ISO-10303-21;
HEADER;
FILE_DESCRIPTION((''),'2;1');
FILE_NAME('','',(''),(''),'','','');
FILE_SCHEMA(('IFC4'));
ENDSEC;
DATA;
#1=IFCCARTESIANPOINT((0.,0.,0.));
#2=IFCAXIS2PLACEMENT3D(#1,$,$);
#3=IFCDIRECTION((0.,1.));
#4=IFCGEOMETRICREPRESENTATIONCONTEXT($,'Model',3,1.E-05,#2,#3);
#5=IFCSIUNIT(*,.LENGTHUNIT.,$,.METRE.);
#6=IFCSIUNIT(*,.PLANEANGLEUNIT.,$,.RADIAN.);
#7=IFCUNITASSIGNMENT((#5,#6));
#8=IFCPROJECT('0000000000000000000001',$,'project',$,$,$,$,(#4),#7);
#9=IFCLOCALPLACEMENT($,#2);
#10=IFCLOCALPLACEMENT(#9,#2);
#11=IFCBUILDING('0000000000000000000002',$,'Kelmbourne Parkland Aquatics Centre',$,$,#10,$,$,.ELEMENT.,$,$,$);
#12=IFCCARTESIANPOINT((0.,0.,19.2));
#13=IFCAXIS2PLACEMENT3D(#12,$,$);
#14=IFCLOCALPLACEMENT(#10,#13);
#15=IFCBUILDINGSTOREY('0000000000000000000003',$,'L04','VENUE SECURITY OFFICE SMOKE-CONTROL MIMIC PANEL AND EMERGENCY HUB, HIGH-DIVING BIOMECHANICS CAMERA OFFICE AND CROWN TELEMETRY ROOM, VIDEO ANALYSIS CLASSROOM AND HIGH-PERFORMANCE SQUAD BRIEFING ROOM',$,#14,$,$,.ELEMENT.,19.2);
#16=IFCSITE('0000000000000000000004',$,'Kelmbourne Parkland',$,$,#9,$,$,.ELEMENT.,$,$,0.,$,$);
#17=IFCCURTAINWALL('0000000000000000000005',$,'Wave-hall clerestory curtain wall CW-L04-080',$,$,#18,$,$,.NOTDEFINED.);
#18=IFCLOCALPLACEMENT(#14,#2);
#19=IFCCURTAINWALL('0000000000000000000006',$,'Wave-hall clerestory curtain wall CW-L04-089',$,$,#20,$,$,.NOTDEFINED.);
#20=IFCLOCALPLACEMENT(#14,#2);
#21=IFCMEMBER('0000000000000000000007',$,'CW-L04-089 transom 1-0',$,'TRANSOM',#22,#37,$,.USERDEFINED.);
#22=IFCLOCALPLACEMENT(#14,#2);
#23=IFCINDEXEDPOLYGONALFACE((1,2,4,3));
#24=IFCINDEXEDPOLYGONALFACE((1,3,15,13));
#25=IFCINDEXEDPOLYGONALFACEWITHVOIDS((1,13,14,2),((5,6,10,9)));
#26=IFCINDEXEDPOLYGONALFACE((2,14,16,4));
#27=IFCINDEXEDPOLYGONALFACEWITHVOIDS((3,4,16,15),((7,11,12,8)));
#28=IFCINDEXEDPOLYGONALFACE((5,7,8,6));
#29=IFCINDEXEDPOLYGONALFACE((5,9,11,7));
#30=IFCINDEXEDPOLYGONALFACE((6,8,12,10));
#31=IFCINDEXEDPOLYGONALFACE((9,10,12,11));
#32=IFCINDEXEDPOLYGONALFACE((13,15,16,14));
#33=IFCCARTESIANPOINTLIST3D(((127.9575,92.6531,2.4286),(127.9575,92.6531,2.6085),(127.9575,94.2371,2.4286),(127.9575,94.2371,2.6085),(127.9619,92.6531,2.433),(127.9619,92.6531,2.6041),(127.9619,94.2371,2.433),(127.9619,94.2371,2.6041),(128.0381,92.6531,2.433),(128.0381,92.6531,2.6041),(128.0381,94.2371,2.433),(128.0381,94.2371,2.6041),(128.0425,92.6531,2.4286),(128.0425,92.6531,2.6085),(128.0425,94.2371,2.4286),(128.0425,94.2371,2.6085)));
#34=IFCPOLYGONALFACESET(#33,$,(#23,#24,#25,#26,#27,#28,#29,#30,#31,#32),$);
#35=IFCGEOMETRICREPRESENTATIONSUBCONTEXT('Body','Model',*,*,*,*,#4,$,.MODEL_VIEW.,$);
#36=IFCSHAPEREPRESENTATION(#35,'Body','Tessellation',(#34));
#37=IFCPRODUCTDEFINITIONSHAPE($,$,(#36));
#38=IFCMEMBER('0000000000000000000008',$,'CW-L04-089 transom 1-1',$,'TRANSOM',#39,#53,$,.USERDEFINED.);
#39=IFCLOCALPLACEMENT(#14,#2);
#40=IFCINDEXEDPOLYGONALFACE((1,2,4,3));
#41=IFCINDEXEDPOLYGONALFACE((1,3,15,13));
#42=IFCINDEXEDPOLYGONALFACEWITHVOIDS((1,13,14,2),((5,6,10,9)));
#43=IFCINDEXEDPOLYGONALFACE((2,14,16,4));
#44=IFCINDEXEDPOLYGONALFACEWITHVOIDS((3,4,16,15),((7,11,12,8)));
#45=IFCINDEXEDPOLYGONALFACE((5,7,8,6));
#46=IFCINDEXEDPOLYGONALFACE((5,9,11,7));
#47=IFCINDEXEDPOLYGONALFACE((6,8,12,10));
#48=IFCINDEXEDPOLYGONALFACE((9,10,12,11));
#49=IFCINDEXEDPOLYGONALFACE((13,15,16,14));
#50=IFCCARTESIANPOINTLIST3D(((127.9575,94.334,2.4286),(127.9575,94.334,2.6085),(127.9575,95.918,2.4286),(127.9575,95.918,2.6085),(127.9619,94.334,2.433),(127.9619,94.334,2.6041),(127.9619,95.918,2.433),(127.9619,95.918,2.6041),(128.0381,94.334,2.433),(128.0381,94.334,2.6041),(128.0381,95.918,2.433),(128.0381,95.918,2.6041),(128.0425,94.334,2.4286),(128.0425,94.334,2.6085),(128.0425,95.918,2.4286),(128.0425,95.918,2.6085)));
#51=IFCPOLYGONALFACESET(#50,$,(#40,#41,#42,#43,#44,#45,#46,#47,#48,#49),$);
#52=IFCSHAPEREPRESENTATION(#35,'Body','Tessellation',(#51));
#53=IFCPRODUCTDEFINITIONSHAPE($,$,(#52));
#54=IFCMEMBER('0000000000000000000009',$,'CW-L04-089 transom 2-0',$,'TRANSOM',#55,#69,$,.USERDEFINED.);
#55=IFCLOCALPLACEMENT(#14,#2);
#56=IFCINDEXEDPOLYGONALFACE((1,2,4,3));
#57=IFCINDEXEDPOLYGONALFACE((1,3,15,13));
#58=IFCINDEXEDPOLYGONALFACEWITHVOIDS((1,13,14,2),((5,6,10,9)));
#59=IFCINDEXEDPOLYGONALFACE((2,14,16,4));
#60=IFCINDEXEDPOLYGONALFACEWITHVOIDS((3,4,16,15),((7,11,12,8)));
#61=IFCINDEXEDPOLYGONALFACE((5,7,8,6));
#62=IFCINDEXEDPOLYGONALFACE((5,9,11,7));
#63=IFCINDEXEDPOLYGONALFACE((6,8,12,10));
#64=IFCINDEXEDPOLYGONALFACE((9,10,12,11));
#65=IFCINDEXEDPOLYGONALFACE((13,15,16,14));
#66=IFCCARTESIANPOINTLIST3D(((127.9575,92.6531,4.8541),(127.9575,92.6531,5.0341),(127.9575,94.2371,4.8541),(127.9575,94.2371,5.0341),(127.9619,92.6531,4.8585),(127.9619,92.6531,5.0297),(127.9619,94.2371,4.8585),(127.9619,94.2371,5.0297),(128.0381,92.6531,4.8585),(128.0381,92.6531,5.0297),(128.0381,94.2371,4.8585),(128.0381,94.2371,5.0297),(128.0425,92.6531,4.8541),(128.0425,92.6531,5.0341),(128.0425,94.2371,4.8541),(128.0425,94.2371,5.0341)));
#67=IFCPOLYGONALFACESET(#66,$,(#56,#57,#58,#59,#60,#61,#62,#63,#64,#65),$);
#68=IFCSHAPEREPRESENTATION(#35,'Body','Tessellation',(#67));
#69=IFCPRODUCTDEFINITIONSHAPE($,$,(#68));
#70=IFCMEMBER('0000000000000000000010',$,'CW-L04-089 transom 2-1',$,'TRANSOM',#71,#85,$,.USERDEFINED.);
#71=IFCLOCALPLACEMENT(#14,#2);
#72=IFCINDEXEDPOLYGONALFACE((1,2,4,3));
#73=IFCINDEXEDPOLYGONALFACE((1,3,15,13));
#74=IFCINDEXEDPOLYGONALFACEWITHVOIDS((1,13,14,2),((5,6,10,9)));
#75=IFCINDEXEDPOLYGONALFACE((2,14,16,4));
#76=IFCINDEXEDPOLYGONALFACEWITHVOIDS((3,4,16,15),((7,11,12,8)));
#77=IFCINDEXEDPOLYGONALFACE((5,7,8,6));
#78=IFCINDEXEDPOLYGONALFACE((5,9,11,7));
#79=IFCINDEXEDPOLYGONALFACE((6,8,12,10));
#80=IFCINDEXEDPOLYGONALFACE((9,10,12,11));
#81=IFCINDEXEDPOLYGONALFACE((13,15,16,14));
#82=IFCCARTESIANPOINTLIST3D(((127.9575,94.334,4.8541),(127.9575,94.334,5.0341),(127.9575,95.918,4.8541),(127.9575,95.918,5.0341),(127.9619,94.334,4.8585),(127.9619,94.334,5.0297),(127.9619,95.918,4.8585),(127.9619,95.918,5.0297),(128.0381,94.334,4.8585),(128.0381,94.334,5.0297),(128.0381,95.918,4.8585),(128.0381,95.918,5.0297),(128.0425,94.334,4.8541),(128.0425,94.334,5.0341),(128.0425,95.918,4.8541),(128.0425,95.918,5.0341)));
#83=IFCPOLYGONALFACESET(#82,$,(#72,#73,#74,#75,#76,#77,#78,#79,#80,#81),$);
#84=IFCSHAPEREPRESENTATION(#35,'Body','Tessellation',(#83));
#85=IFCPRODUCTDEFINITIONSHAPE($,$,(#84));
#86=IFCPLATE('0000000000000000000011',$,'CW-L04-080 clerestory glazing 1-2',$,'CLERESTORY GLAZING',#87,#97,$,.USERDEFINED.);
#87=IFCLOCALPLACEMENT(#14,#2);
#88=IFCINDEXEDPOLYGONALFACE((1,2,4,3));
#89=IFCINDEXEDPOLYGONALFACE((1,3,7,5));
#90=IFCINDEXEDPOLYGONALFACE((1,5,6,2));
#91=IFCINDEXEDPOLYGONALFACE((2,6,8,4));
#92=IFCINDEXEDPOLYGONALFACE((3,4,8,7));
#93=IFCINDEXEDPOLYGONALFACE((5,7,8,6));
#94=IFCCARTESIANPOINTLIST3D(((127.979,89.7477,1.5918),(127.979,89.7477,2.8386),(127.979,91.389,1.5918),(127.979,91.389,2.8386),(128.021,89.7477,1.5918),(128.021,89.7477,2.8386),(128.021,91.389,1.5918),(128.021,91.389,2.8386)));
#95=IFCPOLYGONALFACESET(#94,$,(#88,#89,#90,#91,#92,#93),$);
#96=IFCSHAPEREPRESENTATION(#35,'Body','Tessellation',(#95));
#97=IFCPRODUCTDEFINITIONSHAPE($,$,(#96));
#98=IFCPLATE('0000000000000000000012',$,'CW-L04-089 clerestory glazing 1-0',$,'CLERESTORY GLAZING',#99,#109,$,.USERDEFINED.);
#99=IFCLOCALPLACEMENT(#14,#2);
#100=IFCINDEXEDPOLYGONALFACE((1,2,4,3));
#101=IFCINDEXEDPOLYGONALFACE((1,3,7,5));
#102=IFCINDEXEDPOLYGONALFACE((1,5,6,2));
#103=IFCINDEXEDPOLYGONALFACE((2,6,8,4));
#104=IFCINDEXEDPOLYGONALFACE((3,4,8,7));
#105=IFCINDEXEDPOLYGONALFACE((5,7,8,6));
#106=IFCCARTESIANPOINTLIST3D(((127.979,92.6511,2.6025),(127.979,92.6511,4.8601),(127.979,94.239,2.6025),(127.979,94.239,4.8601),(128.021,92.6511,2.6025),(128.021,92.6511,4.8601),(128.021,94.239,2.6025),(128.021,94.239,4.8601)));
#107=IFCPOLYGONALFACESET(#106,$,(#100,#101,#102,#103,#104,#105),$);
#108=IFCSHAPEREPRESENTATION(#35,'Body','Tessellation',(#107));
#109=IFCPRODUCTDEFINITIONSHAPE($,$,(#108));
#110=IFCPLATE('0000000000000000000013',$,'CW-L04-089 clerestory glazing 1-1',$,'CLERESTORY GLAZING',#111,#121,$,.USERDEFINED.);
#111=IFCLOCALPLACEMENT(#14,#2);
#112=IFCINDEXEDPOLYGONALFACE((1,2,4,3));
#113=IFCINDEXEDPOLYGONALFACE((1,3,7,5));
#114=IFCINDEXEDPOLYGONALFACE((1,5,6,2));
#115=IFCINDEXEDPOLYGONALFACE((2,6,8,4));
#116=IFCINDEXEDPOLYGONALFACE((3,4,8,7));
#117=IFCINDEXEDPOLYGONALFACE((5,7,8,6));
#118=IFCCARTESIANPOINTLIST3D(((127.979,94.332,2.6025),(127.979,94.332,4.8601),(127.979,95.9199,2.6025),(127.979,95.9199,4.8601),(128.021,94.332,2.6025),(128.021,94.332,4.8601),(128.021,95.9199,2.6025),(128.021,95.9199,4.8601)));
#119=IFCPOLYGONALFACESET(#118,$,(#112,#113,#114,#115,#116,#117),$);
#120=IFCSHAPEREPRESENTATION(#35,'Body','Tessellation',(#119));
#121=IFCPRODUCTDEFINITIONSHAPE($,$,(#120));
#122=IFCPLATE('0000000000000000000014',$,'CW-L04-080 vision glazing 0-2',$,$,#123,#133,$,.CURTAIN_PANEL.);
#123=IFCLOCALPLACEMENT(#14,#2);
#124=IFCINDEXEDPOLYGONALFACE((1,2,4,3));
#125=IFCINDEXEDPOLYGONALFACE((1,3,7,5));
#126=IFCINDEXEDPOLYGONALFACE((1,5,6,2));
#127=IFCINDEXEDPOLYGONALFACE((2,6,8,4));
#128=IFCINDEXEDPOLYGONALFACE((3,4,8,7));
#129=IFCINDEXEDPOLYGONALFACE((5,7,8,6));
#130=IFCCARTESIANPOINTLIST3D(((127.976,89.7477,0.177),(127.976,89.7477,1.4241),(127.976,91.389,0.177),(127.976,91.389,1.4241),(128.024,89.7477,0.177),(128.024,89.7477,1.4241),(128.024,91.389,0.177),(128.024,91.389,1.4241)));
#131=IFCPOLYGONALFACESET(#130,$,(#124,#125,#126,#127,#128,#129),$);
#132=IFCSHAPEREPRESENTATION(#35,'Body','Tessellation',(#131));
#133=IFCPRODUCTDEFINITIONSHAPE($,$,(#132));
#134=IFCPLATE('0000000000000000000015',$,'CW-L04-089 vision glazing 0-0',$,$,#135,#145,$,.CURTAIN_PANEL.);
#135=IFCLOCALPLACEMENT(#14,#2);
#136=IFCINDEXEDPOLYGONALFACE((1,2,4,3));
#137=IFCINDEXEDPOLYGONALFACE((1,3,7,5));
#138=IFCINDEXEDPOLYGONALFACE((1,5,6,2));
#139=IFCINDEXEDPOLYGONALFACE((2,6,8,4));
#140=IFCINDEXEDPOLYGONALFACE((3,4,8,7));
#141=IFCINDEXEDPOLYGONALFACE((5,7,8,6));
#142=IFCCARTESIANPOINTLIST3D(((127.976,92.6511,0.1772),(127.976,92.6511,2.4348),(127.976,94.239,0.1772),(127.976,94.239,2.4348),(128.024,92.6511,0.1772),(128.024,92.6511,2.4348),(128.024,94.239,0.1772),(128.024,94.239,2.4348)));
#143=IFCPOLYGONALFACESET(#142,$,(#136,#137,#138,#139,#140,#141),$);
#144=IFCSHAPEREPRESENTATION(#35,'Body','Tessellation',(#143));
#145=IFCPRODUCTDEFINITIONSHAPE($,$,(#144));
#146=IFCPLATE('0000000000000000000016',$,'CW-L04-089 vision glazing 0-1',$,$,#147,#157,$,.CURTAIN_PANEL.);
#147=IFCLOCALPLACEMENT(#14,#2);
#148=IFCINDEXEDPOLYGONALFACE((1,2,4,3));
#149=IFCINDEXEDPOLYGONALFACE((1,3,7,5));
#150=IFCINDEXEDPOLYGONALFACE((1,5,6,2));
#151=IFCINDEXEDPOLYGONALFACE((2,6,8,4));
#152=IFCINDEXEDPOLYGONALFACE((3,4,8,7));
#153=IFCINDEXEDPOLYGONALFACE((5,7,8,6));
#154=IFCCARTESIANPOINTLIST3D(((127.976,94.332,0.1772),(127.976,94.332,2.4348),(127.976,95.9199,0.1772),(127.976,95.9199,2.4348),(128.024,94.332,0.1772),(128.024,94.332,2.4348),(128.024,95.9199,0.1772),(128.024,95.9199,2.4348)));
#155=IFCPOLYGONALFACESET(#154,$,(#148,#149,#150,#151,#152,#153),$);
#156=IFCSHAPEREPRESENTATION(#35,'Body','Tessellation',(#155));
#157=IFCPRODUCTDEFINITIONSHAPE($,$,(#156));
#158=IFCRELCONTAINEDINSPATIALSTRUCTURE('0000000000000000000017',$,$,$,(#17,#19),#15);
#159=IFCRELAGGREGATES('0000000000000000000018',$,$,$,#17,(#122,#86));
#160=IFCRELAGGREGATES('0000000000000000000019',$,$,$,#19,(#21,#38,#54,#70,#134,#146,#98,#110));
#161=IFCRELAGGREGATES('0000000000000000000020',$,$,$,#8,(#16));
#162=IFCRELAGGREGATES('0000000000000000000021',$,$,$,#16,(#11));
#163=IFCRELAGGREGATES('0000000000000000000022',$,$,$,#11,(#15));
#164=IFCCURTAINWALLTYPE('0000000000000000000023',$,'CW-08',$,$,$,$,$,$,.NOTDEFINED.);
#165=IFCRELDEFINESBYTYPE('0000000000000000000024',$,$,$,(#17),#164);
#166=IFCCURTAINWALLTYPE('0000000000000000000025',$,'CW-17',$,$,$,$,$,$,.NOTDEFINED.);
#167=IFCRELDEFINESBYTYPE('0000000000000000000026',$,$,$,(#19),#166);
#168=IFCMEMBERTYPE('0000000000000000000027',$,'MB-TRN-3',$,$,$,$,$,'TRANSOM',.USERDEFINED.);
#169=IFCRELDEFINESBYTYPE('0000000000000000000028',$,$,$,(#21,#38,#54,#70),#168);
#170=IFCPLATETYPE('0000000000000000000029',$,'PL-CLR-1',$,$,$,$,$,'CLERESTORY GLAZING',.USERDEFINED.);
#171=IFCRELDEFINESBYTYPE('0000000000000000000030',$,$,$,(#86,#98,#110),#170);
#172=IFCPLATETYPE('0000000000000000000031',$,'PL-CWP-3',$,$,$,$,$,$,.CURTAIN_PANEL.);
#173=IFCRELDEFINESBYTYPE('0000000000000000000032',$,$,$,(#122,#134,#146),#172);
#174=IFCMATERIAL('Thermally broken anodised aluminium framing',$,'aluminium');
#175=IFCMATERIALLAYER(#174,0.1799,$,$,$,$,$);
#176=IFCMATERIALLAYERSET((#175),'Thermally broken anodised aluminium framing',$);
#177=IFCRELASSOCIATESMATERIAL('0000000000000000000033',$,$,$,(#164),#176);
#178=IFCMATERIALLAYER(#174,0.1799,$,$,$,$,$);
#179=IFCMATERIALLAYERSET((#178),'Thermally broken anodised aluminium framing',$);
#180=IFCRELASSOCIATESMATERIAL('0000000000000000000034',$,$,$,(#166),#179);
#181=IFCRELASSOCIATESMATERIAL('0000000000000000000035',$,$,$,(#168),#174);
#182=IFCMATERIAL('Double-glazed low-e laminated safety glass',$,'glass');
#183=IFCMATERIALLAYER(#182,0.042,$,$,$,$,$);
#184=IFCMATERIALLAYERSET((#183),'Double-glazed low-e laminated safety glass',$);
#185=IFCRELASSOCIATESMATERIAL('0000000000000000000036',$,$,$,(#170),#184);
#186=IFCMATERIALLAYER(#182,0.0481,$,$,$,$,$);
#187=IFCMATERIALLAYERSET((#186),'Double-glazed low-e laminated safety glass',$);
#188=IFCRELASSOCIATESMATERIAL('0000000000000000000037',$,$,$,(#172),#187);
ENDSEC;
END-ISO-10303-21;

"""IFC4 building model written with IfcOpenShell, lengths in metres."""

from ifc_helpers import new_model, si_unit, direction, frame, origin, origin_2d, place, context, subcontext, project, spatial, rectangle, hollow_rectangle, extrude, material, layer, layer_set, material_profile, profile_set, type_object, element, aggregate, save


model = new_model("IFC4")

# Units and contexts
model_context = context("Model", 3, precision=1e-05, world=origin(), true_north=direction((0.0, 1.0)))
body_context = subcontext(model_context, "Body", "Model", "MODEL_VIEW")
ifc_project = project(units=[si_unit("LENGTHUNIT", "METRE"), si_unit("PLANEANGLEUNIT", "RADIAN")], contexts=[model_context])

# Site, building, storey
site_placement = place(None, origin())
site = spatial("IfcSite", under=ifc_project, at=site_placement, Name="Kelmbourne Parkland", CompositionType="ELEMENT", RefElevation=0.0)
building_placement = place(site_placement, origin())
building = spatial("IfcBuilding", under=site, at=building_placement, Name="Kelmbourne Parkland Aquatics Centre", CompositionType="ELEMENT")
storey_placement = place(building_placement, frame((0.0, 0.0, 19.2)))
storey = spatial("IfcBuildingStorey", under=building, at=storey_placement, Name="L04", Description="VENUE SECURITY OFFICE SMOKE-CONTROL MIMIC PANEL AND EMERGENCY HUB, HIGH-DIVING BIOMECHANICS CAMERA OFFICE AND CROWN TELEMETRY ROOM, VIDEO ANALYSIS CLASSROOM AND HIGH-PERFORMANCE SQUAD BRIEFING ROOM", CompositionType="ELEMENT", Elevation=19.2)

# Curtain walls
ifc_material_1 = material(Name="Thermally broken anodised aluminium framing", Category="aluminium")
ifc_layer_1 = layer(ifc_material_1, 0.1799)
ifc_layer_set_1 = layer_set([ifc_layer_1], Name="Thermally broken anodised aluminium framing")
curtain_wall_type_1 = type_object("IfcCurtainWallType", Name="CW-08", PredefinedType="NOTDEFINED", material=ifc_layer_set_1)
curtain_wall_1_placement = place(storey_placement, origin())
curtain_wall_1 = element("IfcCurtainWall", 1, at=curtain_wall_1_placement, inside=storey, type_object=curtain_wall_type_1, Name="Wave-hall clerestory curtain wall CW-L04-080", PredefinedType="NOTDEFINED")
ifc_layer_2 = layer(ifc_material_1, 0.1799)
ifc_layer_set_2 = layer_set([ifc_layer_2], Name="Thermally broken anodised aluminium framing")
curtain_wall_type_2 = type_object("IfcCurtainWallType", Name="CW-17", PredefinedType="NOTDEFINED", material=ifc_layer_set_2)
curtain_wall_2_placement = place(storey_placement, origin())
curtain_wall_2 = element("IfcCurtainWall", 2, at=curtain_wall_2_placement, inside=storey, type_object=curtain_wall_type_2, Name="Wave-hall clerestory curtain wall CW-L04-089", PredefinedType="NOTDEFINED")

# Members
ifc_material_profile_1 = material_profile(ifc_material_1, hollow_rectangle(XDim=0.085, YDim=0.1799, WallThickness=0.0044, at=origin_2d()), Name="CW-T 85x180")
ifc_profile_set_1 = profile_set([ifc_material_profile_1], Name="Thermally broken anodised aluminium framing")
member_type_1 = type_object("IfcMemberType", Name="MB-TRN-3", ElementType="TRANSOM", PredefinedType="USERDEFINED", material=ifc_profile_set_1)
member_1_placement = place(storey_placement, frame((128.0, 92.6531, 2.5186), z_axis=(0.0, 1.0, 0.0), x_axis=(-1.0, 0.0, 0.0)))
member_1 = element("IfcMember", 3, at=member_1_placement, type_object=member_type_1, Name="CW-L04-089 transom 1-0", ObjectType="TRANSOM", PredefinedType="USERDEFINED", context=body_context, shape_type="SweptSolid", body=[
    extrude(hollow_rectangle(XDim=0.085, YDim=0.1799, WallThickness=0.0044, at=origin_2d()), origin(), (0.0, 0.0, 1.0), 1.584),
])
member_2_placement = place(storey_placement, frame((128.0, 94.334, 2.5186), z_axis=(0.0, 1.0, 0.0), x_axis=(-1.0, 0.0, 0.0)))
member_2 = element("IfcMember", 4, at=member_2_placement, type_object=member_type_1, Name="CW-L04-089 transom 1-1", ObjectType="TRANSOM", PredefinedType="USERDEFINED", context=body_context, shape_type="SweptSolid", body=[
    extrude(hollow_rectangle(XDim=0.085, YDim=0.1799, WallThickness=0.0044, at=origin_2d()), origin(), (0.0, 0.0, 1.0), 1.584),
])
member_3_placement = place(storey_placement, frame((128.0, 92.6531, 4.9441), z_axis=(0.0, 1.0, 0.0), x_axis=(-1.0, 0.0, 0.0)))
member_3 = element("IfcMember", 5, at=member_3_placement, type_object=member_type_1, Name="CW-L04-089 transom 2-0", ObjectType="TRANSOM", PredefinedType="USERDEFINED", context=body_context, shape_type="SweptSolid", body=[
    extrude(hollow_rectangle(XDim=0.085, YDim=0.1799, WallThickness=0.0044, at=origin_2d()), origin(), (0.0, 0.0, 1.0), 1.584),
])
member_4_placement = place(storey_placement, frame((128.0, 94.334, 4.9441), z_axis=(0.0, 1.0, 0.0), x_axis=(-1.0, 0.0, 0.0)))
member_4 = element("IfcMember", 6, at=member_4_placement, type_object=member_type_1, Name="CW-L04-089 transom 2-1", ObjectType="TRANSOM", PredefinedType="USERDEFINED", context=body_context, shape_type="SweptSolid", body=[
    extrude(hollow_rectangle(XDim=0.085, YDim=0.1799, WallThickness=0.0044, at=origin_2d()), origin(), (0.0, 0.0, 1.0), 1.584),
])

# Plates
ifc_material_2 = material(Name="Double-glazed low-e laminated safety glass", Category="glass")
ifc_layer_3 = layer(ifc_material_2, 0.042)
ifc_layer_set_3 = layer_set([ifc_layer_3], Name="Double-glazed low-e laminated safety glass")
plate_type_1 = type_object("IfcPlateType", Name="PL-CLR-1", ElementType="CLERESTORY GLAZING", PredefinedType="USERDEFINED", material=ifc_layer_set_3)
plate_1_placement = place(storey_placement, frame((128.0, 90.5684, 1.5918), z_axis=(0.0, 0.0, 1.0), x_axis=(0.0, 1.0, 0.0)))
plate_1 = element("IfcPlate", 7, at=plate_1_placement, type_object=plate_type_1, Name="CW-L04-080 clerestory glazing 1-2", ObjectType="CLERESTORY GLAZING", PredefinedType="USERDEFINED", context=body_context, shape_type="SweptSolid", body=[
    extrude(rectangle(XDim=1.6414, YDim=0.042, at=origin_2d()), origin(), (0.0, 0.0, 1.0), 1.2468),
])
plate_2_placement = place(storey_placement, frame((128.0, 93.4451, 2.6025), z_axis=(0.0, 0.0, 1.0), x_axis=(0.0, 1.0, 0.0)))
plate_2 = element("IfcPlate", 8, at=plate_2_placement, type_object=plate_type_1, Name="CW-L04-089 clerestory glazing 1-0", ObjectType="CLERESTORY GLAZING", PredefinedType="USERDEFINED", context=body_context, shape_type="SweptSolid", body=[
    extrude(rectangle(XDim=1.5879, YDim=0.042, at=origin_2d()), origin(), (0.0, 0.0, 1.0), 2.2576),
])
plate_3_placement = place(storey_placement, frame((128.0, 95.126, 2.6025), z_axis=(0.0, 0.0, 1.0), x_axis=(0.0, 1.0, 0.0)))
plate_3 = element("IfcPlate", 9, at=plate_3_placement, type_object=plate_type_1, Name="CW-L04-089 clerestory glazing 1-1", ObjectType="CLERESTORY GLAZING", PredefinedType="USERDEFINED", context=body_context, shape_type="SweptSolid", body=[
    extrude(rectangle(XDim=1.5879, YDim=0.042, at=origin_2d()), origin(), (0.0, 0.0, 1.0), 2.2576),
])
ifc_layer_4 = layer(ifc_material_2, 0.0481)
ifc_layer_set_4 = layer_set([ifc_layer_4], Name="Double-glazed low-e laminated safety glass")
plate_type_2 = type_object("IfcPlateType", Name="PL-CWP-3", PredefinedType="CURTAIN_PANEL", material=ifc_layer_set_4)
plate_4_placement = place(storey_placement, frame((128.0, 90.5684, 0.177), z_axis=(0.0, 0.0, 1.0), x_axis=(0.0, 1.0, 0.0)))
plate_4 = element("IfcPlate", 10, at=plate_4_placement, type_object=plate_type_2, Name="CW-L04-080 vision glazing 0-2", PredefinedType="CURTAIN_PANEL", context=body_context, shape_type="SweptSolid", body=[
    extrude(rectangle(XDim=1.6414, YDim=0.0481, at=origin_2d()), origin(), (0.0, 0.0, 1.0), 1.2471),
])
aggregate(curtain_wall_1, [plate_4, plate_1])
plate_5_placement = place(storey_placement, frame((128.0, 93.4451, 0.1772), z_axis=(0.0, 0.0, 1.0), x_axis=(0.0, 1.0, 0.0)))
plate_5 = element("IfcPlate", 11, at=plate_5_placement, type_object=plate_type_2, Name="CW-L04-089 vision glazing 0-0", PredefinedType="CURTAIN_PANEL", context=body_context, shape_type="SweptSolid", body=[
    extrude(rectangle(XDim=1.5879, YDim=0.0481, at=origin_2d()), origin(), (0.0, 0.0, 1.0), 2.2576),
])
plate_6_placement = place(storey_placement, frame((128.0, 95.126, 0.1772), z_axis=(0.0, 0.0, 1.0), x_axis=(0.0, 1.0, 0.0)))
plate_6 = element("IfcPlate", 12, at=plate_6_placement, type_object=plate_type_2, Name="CW-L04-089 vision glazing 0-1", PredefinedType="CURTAIN_PANEL", context=body_context, shape_type="SweptSolid", body=[
    extrude(rectangle(XDim=1.5879, YDim=0.0481, at=origin_2d()), origin(), (0.0, 0.0, 1.0), 2.2576),
])
aggregate(curtain_wall_2, [member_1, member_2, member_3, member_4, plate_5, plate_6, plate_2, plate_3])

save(model, "model.ifc")
